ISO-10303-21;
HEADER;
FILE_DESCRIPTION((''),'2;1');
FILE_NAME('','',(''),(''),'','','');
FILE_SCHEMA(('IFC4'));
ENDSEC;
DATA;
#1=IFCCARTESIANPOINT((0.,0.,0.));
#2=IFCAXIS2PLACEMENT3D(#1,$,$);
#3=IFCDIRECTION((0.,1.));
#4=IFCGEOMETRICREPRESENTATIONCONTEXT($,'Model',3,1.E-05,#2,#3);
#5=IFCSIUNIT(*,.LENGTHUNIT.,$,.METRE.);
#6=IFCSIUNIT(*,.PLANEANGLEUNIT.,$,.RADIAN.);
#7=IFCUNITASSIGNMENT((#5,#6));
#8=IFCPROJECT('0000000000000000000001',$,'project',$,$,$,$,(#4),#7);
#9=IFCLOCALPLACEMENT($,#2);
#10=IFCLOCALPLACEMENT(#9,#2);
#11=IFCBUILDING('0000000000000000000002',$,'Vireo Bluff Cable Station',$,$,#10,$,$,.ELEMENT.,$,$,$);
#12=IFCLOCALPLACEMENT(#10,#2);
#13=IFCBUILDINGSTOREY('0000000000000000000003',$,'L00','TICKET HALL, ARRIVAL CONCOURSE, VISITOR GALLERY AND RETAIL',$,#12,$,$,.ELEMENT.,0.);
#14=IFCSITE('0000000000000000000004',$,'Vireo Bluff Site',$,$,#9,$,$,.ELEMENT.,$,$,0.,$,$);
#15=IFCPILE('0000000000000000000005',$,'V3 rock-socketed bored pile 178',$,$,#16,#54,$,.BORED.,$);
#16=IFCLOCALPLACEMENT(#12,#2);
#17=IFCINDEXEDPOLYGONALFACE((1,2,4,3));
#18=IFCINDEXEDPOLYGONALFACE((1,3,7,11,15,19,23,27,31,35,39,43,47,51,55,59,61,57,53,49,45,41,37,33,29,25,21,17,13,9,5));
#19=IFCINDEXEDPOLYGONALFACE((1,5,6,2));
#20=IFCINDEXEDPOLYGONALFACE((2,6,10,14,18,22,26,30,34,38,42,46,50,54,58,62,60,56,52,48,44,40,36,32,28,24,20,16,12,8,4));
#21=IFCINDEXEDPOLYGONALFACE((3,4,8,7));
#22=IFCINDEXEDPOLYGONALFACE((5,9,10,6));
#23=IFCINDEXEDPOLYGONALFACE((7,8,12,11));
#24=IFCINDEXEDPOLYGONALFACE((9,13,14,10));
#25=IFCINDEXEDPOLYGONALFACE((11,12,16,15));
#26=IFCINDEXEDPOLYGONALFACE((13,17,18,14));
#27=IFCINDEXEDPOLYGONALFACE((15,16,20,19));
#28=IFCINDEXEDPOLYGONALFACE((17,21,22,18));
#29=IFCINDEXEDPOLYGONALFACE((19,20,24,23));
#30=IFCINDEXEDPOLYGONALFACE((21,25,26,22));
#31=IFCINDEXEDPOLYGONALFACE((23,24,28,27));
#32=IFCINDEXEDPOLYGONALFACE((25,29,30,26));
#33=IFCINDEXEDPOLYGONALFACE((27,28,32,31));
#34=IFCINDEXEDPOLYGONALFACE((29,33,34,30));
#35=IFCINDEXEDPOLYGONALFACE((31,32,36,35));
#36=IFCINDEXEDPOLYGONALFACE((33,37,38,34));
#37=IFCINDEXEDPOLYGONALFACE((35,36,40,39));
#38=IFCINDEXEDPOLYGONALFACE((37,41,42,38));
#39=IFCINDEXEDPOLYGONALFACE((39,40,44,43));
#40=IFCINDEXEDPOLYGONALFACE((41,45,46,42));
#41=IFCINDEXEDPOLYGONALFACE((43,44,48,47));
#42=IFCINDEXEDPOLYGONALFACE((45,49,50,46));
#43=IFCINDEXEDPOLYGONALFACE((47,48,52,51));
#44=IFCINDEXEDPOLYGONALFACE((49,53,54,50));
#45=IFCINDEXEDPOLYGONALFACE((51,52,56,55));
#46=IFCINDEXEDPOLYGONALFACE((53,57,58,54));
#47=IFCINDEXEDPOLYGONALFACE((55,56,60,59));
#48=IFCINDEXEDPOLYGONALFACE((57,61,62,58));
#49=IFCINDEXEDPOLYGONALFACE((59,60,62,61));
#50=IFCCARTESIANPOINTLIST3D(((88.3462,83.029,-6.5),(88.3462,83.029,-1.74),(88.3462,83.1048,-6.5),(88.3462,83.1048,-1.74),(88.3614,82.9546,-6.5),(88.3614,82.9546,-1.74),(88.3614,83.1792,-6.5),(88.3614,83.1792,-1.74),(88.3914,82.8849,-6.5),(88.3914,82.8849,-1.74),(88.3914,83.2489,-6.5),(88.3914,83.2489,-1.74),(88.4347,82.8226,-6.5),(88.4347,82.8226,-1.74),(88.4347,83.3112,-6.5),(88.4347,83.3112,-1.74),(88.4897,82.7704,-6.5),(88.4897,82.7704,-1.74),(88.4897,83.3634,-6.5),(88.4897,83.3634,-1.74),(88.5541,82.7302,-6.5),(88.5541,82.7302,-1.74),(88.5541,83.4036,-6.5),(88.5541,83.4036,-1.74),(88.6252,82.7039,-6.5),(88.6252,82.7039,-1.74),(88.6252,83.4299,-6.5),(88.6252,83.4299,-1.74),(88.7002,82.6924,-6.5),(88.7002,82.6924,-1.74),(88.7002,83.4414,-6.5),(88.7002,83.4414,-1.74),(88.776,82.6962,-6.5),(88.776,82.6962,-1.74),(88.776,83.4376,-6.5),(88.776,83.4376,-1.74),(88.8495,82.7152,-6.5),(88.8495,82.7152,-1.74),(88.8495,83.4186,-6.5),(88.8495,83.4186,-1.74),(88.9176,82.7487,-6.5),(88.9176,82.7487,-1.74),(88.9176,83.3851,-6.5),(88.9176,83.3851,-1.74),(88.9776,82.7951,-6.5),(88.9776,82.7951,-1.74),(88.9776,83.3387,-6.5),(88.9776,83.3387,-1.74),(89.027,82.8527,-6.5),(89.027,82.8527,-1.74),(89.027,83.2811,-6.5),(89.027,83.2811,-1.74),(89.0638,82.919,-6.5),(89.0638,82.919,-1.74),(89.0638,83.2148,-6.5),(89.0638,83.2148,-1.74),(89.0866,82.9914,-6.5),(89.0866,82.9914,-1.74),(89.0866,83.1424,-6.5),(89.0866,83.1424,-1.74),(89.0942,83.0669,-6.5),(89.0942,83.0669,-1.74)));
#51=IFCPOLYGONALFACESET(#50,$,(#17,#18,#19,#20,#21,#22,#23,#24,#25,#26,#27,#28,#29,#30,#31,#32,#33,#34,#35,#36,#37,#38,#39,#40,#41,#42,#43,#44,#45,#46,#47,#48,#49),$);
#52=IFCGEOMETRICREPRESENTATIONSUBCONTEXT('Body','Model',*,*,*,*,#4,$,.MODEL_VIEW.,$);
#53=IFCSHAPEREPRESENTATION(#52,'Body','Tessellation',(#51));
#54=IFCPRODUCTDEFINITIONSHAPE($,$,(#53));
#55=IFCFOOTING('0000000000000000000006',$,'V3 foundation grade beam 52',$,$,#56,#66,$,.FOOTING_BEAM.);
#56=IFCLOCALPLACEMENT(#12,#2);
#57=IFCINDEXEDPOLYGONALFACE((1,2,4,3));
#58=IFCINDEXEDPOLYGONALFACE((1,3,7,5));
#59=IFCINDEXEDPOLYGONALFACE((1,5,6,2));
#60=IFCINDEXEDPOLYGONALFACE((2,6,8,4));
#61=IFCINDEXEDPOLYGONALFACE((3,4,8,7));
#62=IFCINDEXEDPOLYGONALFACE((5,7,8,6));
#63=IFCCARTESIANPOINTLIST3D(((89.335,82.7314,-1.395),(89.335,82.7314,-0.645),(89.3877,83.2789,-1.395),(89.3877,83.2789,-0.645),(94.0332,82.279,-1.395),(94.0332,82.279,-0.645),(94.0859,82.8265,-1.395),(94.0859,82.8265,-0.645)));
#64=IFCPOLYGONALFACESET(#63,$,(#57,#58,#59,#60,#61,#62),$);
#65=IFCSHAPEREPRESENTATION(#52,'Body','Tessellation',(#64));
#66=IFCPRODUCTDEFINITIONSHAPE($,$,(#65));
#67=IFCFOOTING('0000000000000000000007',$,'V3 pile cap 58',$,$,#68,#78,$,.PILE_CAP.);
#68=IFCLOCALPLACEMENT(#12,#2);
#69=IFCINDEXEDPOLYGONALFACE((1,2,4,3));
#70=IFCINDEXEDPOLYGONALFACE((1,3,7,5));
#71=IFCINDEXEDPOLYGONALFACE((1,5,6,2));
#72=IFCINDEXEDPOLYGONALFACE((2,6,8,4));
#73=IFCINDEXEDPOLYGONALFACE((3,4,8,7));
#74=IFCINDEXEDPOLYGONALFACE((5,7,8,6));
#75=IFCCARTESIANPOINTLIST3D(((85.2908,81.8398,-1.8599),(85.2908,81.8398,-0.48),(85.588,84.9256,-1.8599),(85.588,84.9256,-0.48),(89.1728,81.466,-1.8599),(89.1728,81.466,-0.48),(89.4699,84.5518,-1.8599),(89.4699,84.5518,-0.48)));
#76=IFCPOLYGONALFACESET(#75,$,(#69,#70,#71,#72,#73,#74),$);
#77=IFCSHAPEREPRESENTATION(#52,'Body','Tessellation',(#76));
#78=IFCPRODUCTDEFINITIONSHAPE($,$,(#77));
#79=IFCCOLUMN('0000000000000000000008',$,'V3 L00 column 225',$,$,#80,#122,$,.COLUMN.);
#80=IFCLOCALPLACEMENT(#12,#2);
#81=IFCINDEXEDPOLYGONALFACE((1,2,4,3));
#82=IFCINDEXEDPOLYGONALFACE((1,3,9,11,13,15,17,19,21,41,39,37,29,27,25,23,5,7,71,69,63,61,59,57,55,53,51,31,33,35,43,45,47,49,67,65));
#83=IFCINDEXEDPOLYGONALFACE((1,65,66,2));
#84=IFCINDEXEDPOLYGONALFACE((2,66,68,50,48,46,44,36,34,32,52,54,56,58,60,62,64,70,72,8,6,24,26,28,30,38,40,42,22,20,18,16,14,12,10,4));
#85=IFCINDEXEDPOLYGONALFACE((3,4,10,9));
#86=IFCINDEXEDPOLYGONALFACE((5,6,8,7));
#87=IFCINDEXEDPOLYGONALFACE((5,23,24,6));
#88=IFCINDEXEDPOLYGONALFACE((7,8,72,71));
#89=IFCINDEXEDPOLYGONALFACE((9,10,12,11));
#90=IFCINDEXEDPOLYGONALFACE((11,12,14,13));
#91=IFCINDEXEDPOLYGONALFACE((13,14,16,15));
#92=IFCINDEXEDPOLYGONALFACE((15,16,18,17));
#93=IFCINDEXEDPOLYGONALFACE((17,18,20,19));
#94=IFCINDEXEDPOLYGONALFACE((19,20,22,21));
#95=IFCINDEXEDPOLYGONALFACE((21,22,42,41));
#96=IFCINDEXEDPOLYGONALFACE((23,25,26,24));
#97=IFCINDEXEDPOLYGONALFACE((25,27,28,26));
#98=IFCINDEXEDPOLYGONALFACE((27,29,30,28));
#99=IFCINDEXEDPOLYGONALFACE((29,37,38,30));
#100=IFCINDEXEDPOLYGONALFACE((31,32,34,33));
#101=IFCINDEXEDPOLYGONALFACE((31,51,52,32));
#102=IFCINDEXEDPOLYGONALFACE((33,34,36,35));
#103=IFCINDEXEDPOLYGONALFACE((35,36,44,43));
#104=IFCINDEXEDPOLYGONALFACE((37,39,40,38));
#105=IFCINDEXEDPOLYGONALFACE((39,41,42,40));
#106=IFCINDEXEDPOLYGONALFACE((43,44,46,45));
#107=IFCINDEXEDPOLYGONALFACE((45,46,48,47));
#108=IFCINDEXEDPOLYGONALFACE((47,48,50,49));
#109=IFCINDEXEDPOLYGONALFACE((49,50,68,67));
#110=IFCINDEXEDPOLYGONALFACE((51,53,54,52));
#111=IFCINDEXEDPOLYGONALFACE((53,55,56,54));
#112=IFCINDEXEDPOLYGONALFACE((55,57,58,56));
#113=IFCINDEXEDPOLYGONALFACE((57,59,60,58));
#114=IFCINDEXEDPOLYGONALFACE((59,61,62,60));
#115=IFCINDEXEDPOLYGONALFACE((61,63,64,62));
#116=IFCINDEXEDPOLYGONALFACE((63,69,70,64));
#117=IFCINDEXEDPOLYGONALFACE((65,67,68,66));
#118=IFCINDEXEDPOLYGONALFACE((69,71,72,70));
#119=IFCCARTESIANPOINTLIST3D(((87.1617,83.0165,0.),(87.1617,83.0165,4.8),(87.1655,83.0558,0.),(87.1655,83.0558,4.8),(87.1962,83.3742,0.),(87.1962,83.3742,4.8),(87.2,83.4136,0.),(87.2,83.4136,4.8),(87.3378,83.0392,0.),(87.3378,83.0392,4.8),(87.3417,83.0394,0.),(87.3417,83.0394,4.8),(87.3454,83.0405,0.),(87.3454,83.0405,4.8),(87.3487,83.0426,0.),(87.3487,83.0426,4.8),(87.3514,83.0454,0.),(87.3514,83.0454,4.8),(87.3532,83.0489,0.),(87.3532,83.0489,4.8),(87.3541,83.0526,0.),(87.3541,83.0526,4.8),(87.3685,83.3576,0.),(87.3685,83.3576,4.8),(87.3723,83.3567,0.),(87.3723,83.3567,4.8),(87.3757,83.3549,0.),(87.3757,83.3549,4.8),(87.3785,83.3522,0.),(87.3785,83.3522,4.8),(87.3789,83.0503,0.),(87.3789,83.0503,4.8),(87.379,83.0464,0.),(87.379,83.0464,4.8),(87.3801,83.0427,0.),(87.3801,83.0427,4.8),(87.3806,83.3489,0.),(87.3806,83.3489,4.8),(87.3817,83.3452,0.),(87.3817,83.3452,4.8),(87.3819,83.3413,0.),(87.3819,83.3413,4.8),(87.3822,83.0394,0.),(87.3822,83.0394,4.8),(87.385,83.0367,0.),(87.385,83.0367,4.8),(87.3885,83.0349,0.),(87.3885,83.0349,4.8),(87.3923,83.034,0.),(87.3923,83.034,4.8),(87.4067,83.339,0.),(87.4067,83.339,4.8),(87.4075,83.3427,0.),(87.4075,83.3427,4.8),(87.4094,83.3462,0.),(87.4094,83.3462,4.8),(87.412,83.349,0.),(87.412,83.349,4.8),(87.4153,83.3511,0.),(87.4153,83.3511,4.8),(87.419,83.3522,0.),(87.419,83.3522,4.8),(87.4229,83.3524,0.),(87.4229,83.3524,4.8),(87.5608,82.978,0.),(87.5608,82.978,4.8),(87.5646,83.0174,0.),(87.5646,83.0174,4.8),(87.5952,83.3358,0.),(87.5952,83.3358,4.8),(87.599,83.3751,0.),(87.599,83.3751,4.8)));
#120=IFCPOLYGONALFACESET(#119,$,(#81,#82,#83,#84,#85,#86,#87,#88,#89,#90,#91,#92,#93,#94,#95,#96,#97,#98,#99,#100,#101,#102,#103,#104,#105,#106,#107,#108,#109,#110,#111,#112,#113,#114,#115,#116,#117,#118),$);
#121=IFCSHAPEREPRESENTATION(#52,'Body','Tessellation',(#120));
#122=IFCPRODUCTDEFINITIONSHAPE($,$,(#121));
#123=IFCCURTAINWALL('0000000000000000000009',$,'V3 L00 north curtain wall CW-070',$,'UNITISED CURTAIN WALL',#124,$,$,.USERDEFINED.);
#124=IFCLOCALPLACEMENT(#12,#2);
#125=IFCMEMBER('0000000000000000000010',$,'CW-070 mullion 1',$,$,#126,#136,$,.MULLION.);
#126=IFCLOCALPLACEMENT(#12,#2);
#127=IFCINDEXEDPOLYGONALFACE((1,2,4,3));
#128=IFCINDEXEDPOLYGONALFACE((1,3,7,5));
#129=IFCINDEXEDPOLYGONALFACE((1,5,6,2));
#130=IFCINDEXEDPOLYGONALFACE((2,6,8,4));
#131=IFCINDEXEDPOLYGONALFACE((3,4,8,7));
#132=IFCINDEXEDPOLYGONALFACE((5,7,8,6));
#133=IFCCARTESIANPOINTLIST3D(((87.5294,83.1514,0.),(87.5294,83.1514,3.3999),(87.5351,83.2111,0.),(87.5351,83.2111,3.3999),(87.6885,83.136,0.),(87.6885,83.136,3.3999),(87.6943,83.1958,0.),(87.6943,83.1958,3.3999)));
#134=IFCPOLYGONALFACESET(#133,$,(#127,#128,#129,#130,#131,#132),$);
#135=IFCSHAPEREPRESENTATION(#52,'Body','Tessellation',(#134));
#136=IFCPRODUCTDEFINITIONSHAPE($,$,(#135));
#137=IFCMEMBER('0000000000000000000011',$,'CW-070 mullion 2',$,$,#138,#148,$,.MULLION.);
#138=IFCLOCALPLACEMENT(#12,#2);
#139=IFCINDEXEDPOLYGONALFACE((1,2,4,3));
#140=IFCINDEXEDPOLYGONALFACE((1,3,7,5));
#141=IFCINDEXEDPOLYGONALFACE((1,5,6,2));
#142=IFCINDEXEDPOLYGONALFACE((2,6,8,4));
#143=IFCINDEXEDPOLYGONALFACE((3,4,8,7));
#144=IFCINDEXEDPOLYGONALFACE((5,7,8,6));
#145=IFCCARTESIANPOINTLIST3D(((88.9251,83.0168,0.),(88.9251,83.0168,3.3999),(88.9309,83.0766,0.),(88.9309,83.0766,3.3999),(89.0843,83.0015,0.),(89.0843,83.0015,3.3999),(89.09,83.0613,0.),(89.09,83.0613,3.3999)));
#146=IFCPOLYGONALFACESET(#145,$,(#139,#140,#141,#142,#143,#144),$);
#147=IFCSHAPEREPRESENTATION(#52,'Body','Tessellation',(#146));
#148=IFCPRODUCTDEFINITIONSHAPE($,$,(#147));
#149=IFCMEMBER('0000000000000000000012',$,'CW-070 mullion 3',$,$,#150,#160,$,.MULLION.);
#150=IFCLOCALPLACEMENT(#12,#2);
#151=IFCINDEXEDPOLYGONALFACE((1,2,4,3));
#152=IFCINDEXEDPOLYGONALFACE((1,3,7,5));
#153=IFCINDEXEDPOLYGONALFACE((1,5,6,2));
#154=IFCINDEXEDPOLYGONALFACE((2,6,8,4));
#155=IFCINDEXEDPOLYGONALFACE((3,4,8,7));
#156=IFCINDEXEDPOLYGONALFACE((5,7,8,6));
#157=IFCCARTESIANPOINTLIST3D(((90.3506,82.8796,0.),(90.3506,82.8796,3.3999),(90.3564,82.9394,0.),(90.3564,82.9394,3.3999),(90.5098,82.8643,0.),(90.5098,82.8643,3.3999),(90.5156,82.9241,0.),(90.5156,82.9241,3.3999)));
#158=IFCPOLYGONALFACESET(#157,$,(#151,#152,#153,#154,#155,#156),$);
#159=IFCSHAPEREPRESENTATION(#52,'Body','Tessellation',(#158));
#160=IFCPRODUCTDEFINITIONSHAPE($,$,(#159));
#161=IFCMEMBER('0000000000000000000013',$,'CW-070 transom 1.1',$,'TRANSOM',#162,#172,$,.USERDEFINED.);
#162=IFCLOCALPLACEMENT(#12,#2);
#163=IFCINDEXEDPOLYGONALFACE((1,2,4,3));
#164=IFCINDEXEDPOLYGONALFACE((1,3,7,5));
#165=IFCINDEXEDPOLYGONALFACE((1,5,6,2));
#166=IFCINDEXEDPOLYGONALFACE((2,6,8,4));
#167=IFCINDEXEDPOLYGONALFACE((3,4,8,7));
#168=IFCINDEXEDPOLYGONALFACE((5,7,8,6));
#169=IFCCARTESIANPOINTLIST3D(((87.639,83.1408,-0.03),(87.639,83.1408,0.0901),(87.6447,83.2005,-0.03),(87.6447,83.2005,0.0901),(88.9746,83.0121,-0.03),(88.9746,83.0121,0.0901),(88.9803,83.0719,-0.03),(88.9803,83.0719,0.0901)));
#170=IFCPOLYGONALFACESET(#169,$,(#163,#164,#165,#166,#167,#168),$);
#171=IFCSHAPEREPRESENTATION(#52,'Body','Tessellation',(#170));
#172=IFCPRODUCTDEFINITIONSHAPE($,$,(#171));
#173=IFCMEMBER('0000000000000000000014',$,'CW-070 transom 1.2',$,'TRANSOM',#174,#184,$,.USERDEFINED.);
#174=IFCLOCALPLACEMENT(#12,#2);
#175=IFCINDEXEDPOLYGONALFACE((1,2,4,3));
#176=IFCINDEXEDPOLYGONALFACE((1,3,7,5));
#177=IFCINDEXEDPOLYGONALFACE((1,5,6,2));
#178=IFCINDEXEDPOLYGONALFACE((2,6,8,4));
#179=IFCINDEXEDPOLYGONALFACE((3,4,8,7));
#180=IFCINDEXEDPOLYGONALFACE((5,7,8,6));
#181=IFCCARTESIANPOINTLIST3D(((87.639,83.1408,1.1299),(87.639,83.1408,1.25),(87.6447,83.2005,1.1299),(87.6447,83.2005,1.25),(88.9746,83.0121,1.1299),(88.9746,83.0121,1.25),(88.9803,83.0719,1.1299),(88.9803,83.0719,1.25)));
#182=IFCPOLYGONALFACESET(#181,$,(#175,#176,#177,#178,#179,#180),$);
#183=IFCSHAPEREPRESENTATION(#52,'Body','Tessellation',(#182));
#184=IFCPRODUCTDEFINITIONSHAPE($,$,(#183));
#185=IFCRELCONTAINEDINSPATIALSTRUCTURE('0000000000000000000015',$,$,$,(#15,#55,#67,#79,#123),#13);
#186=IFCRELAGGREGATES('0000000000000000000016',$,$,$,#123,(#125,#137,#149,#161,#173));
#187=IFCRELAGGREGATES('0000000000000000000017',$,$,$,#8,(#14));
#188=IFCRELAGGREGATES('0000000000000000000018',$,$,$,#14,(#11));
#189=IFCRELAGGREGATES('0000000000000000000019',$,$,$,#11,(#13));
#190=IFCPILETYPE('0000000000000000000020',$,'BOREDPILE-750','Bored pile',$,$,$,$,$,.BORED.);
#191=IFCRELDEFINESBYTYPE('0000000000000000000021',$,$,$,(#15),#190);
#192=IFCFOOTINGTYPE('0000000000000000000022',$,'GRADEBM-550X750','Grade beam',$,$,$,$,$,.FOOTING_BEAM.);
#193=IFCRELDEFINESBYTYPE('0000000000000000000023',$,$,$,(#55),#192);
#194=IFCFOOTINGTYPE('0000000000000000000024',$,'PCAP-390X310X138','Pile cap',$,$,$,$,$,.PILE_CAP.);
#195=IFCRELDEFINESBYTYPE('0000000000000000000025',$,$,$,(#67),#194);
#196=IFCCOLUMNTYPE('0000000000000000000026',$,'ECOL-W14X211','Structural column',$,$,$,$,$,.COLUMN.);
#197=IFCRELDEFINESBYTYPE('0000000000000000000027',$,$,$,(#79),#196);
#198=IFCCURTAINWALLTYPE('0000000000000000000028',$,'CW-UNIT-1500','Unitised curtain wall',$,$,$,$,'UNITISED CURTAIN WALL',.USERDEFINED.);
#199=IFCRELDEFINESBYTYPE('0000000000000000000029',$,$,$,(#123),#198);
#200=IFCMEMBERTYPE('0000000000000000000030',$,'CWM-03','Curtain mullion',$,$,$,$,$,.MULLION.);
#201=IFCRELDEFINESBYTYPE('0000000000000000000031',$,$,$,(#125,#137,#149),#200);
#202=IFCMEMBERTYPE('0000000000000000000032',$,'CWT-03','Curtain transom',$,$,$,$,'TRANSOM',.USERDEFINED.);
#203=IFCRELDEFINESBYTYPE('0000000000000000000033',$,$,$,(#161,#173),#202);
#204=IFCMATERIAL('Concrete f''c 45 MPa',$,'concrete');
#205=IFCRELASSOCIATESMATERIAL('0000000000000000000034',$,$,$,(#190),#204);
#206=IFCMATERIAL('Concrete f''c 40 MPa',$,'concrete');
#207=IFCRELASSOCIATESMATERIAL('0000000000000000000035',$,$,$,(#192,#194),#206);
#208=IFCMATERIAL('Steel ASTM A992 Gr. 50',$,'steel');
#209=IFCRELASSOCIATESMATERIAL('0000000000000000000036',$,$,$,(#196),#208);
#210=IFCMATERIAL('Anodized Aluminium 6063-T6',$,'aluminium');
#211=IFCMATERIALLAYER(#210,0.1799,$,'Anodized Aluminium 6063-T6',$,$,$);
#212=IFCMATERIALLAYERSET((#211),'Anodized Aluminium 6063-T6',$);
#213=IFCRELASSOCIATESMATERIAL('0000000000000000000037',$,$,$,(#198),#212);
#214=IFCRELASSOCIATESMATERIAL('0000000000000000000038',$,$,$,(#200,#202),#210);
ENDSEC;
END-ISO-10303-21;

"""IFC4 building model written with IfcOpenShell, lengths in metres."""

from ifc_helpers import new_model, si_unit, direction, frame, origin, origin_2d, place, context, subcontext, project, spatial, rectangle, circle, i_section, extrude, material, layer, layer_set, material_profile, profile_set, type_object, element, aggregate, save


model = new_model("IFC4")

# Units and contexts
model_context = context("Model", 3, precision=1e-05, world=origin(), true_north=direction((0.0, 1.0)))
body_context = subcontext(model_context, "Body", "Model", "MODEL_VIEW")
ifc_project = project(units=[si_unit("LENGTHUNIT", "METRE"), si_unit("PLANEANGLEUNIT", "RADIAN")], contexts=[model_context])

# Site, building, storey
site_placement = place(None, origin())
site = spatial("IfcSite", under=ifc_project, at=site_placement, Name="Vireo Bluff Site", CompositionType="ELEMENT", RefElevation=0.0)
building_placement = place(site_placement, origin())
building = spatial("IfcBuilding", under=site, at=building_placement, Name="Vireo Bluff Cable Station", CompositionType="ELEMENT")
storey_placement = place(building_placement, origin())
storey = spatial("IfcBuildingStorey", under=building, at=storey_placement, Name="L00", Description="TICKET HALL, ARRIVAL CONCOURSE, VISITOR GALLERY AND RETAIL", CompositionType="ELEMENT", Elevation=0.0)

# Pile
ifc_material_1 = material(Name="Concrete f'c 45 MPa", Category="concrete")
ifc_material_profile_1 = material_profile(ifc_material_1, circle(Radius=0.375, at=origin_2d()), Name="BOREDPILE-750")
ifc_profile_set_1 = profile_set([ifc_material_profile_1], Name="Concrete f'c 45 MPa")
pile_type = type_object("IfcPileType", Name="BOREDPILE-750", Description="Bored pile", PredefinedType="BORED", material=ifc_profile_set_1)
pile_placement = place(storey_placement, frame((88.7192, 83.0669, -1.74), z_axis=(0.0, 0.0, -1.0), x_axis=(1.0, 0.0, 0.0)))
element("IfcPile", 1, at=pile_placement, inside=storey, type_object=pile_type, Name="V3 rock-socketed bored pile 178", PredefinedType="BORED", context=body_context, shape_type="SweptSolid", body=[
    extrude(circle(Radius=0.375, at=origin_2d()), origin(), (0.0, 0.0, 1.0), 4.76),
])

# Footings
ifc_material_2 = material(Name="Concrete f'c 40 MPa", Category="concrete")
ifc_material_profile_2 = material_profile(ifc_material_2, rectangle(XDim=0.55, YDim=0.75, at=origin_2d()), Name="GRADEBM-550X750")
ifc_profile_set_2 = profile_set([ifc_material_profile_2], Name="Concrete f'c 40 MPa")
footing_type_1 = type_object("IfcFootingType", Name="GRADEBM-550X750", Description="Grade beam", PredefinedType="FOOTING_BEAM", material=ifc_profile_set_2)
footing_1_placement = place(storey_placement, frame((89.3613, 83.0051, -1.02), z_axis=(0.995396, -0.095846, 0.0), x_axis=(0.095846, 0.995396, 0.0)))
element("IfcFooting", 2, at=footing_1_placement, inside=storey, type_object=footing_type_1, Name="V3 foundation grade beam 52", PredefinedType="FOOTING_BEAM", context=body_context, shape_type="SweptSolid", body=[
    extrude(rectangle(XDim=0.55, YDim=0.75, at=origin_2d()), origin(), (0.0, 0.0, 1.0), 4.72),
])
footing_type_2 = type_object("IfcFootingType", Name="PCAP-390X310X138", Description="Pile cap", PredefinedType="PILE_CAP", material=ifc_material_2)
footing_2_placement = place(storey_placement, frame((87.3804, 83.1958, -1.8599), z_axis=(0.0, 0.0, 1.0), x_axis=(0.995396, -0.095846, 0.0)))
element("IfcFooting", 3, at=footing_2_placement, inside=storey, type_object=footing_type_2, Name="V3 pile cap 58", PredefinedType="PILE_CAP", context=body_context, shape_type="SweptSolid", body=[
    extrude(rectangle(XDim=3.8999, YDim=3.1001, at=origin_2d()), origin(), (0.0, 0.0, 1.0), 1.3799),
])

# Column
ifc_material_3 = material(Name="Steel ASTM A992 Gr. 50", Category="steel")
ifc_material_profile_3 = material_profile(ifc_material_3, i_section(OverallWidth=0.4009, OverallDepth=0.3989, WebThickness=0.0249, FlangeThickness=0.0396, FilletRadius=0.0149, at=origin_2d()), Name="W14X211")
ifc_profile_set_3 = profile_set([ifc_material_profile_3], Name="Steel ASTM A992 Gr. 50")
column_type = type_object("IfcColumnType", Name="ECOL-W14X211", Description="Structural column", PredefinedType="COLUMN", material=ifc_profile_set_3)
column_placement = place(storey_placement, frame((87.3804, 83.1958, 0.0), z_axis=(0.0, 0.0, 1.0), x_axis=(0.995396, -0.095846, 0.0)))
element("IfcColumn", 4, at=column_placement, inside=storey, type_object=column_type, Name="V3 L00 column 225", PredefinedType="COLUMN", context=body_context, shape_type="SweptSolid", body=[
    extrude(i_section(OverallWidth=0.4009, OverallDepth=0.3989, WebThickness=0.0249, FlangeThickness=0.0396, FilletRadius=0.0149, at=origin_2d()), origin(), (0.0, 0.0, 1.0), 4.8),
])

# Curtain wall, members
ifc_material_4 = material(Name="Anodized Aluminium 6063-T6", Category="aluminium")
ifc_layer_1 = layer(ifc_material_4, 0.1799, Name="Anodized Aluminium 6063-T6")
ifc_layer_set_1 = layer_set([ifc_layer_1], Name="Anodized Aluminium 6063-T6")
curtain_wall_type = type_object("IfcCurtainWallType", Name="CW-UNIT-1500", Description="Unitised curtain wall", ElementType="UNITISED CURTAIN WALL", PredefinedType="USERDEFINED", material=ifc_layer_set_1)
curtain_wall_placement = place(storey_placement, origin())
curtain_wall = element("IfcCurtainWall", 5, at=curtain_wall_placement, inside=storey, type_object=curtain_wall_type, Name="V3 L00 north curtain wall CW-070", ObjectType="UNITISED CURTAIN WALL", PredefinedType="USERDEFINED")
ifc_material_profile_4 = material_profile(ifc_material_4, rectangle(XDim=0.0601, YDim=0.1599, at=origin_2d()), Name="ALU-M-60X160")
ifc_profile_set_4 = profile_set([ifc_material_profile_4], Name="Anodized Aluminium 6063-T6")
member_type_1 = type_object("IfcMemberType", Name="CWM-03", Description="Curtain mullion", PredefinedType="MULLION", material=ifc_profile_set_4)
member_1_placement = place(storey_placement, frame((87.6118, 83.1736, 0.0), z_axis=(0.0, 0.0, 1.0), x_axis=(0.095846, 0.995396, 0.0)))
member_1 = element("IfcMember", 6, at=member_1_placement, type_object=member_type_1, Name="CW-070 mullion 1", PredefinedType="MULLION", context=body_context, shape_type="SweptSolid", body=[
    extrude(rectangle(XDim=0.0601, YDim=0.1599, at=origin_2d()), origin(), (0.0, 0.0, 1.0), 3.3999),
])
member_2_placement = place(storey_placement, frame((89.0076, 83.0391, 0.0), z_axis=(0.0, 0.0, 1.0), x_axis=(0.095846, 0.995396, 0.0)))
member_2 = element("IfcMember", 7, at=member_2_placement, type_object=member_type_1, Name="CW-070 mullion 2", PredefinedType="MULLION", context=body_context, shape_type="SweptSolid", body=[
    extrude(rectangle(XDim=0.0601, YDim=0.1599, at=origin_2d()), origin(), (0.0, 0.0, 1.0), 3.3999),
])
member_3_placement = place(storey_placement, frame((90.4331, 82.9019, 0.0), z_axis=(0.0, 0.0, 1.0), x_axis=(0.095846, 0.995396, 0.0)))
member_3 = element("IfcMember", 8, at=member_3_placement, type_object=member_type_1, Name="CW-070 mullion 3", PredefinedType="MULLION", context=body_context, shape_type="SweptSolid", body=[
    extrude(rectangle(XDim=0.0601, YDim=0.1599, at=origin_2d()), origin(), (0.0, 0.0, 1.0), 3.3999),
])
ifc_material_profile_5 = material_profile(ifc_material_4, rectangle(XDim=0.0601, YDim=0.1201, at=origin_2d()), Name="ALU-T-60X120")
ifc_profile_set_5 = profile_set([ifc_material_profile_5], Name="Anodized Aluminium 6063-T6")
member_type_2 = type_object("IfcMemberType", Name="CWT-03", Description="Curtain transom", ElementType="TRANSOM", PredefinedType="USERDEFINED", material=ifc_profile_set_5)
member_4_placement = place(storey_placement, frame((87.6418, 83.1707, 0.03), z_axis=(0.995393, -0.095882, 0.0), x_axis=(0.095882, 0.995393, 0.0)))
member_4 = element("IfcMember", 9, at=member_4_placement, type_object=member_type_2, Name="CW-070 transom 1.1", ObjectType="TRANSOM", PredefinedType="USERDEFINED", context=body_context, shape_type="SweptSolid", body=[
    extrude(rectangle(XDim=0.0601, YDim=0.1201, at=origin_2d()), origin(), (0.0, 0.0, 1.0), 1.3418),
])
member_5_placement = place(storey_placement, frame((87.6418, 83.1707, 1.1899), z_axis=(0.995393, -0.095882, 0.0), x_axis=(0.095882, 0.995393, 0.0)))
member_5 = element("IfcMember", 10, at=member_5_placement, type_object=member_type_2, Name="CW-070 transom 1.2", ObjectType="TRANSOM", PredefinedType="USERDEFINED", context=body_context, shape_type="SweptSolid", body=[
    extrude(rectangle(XDim=0.0601, YDim=0.1201, at=origin_2d()), origin(), (0.0, 0.0, 1.0), 1.3418),
])

aggregate(curtain_wall, [member_1, member_2, member_3, member_4, member_5])

save(model, "model.ifc")
